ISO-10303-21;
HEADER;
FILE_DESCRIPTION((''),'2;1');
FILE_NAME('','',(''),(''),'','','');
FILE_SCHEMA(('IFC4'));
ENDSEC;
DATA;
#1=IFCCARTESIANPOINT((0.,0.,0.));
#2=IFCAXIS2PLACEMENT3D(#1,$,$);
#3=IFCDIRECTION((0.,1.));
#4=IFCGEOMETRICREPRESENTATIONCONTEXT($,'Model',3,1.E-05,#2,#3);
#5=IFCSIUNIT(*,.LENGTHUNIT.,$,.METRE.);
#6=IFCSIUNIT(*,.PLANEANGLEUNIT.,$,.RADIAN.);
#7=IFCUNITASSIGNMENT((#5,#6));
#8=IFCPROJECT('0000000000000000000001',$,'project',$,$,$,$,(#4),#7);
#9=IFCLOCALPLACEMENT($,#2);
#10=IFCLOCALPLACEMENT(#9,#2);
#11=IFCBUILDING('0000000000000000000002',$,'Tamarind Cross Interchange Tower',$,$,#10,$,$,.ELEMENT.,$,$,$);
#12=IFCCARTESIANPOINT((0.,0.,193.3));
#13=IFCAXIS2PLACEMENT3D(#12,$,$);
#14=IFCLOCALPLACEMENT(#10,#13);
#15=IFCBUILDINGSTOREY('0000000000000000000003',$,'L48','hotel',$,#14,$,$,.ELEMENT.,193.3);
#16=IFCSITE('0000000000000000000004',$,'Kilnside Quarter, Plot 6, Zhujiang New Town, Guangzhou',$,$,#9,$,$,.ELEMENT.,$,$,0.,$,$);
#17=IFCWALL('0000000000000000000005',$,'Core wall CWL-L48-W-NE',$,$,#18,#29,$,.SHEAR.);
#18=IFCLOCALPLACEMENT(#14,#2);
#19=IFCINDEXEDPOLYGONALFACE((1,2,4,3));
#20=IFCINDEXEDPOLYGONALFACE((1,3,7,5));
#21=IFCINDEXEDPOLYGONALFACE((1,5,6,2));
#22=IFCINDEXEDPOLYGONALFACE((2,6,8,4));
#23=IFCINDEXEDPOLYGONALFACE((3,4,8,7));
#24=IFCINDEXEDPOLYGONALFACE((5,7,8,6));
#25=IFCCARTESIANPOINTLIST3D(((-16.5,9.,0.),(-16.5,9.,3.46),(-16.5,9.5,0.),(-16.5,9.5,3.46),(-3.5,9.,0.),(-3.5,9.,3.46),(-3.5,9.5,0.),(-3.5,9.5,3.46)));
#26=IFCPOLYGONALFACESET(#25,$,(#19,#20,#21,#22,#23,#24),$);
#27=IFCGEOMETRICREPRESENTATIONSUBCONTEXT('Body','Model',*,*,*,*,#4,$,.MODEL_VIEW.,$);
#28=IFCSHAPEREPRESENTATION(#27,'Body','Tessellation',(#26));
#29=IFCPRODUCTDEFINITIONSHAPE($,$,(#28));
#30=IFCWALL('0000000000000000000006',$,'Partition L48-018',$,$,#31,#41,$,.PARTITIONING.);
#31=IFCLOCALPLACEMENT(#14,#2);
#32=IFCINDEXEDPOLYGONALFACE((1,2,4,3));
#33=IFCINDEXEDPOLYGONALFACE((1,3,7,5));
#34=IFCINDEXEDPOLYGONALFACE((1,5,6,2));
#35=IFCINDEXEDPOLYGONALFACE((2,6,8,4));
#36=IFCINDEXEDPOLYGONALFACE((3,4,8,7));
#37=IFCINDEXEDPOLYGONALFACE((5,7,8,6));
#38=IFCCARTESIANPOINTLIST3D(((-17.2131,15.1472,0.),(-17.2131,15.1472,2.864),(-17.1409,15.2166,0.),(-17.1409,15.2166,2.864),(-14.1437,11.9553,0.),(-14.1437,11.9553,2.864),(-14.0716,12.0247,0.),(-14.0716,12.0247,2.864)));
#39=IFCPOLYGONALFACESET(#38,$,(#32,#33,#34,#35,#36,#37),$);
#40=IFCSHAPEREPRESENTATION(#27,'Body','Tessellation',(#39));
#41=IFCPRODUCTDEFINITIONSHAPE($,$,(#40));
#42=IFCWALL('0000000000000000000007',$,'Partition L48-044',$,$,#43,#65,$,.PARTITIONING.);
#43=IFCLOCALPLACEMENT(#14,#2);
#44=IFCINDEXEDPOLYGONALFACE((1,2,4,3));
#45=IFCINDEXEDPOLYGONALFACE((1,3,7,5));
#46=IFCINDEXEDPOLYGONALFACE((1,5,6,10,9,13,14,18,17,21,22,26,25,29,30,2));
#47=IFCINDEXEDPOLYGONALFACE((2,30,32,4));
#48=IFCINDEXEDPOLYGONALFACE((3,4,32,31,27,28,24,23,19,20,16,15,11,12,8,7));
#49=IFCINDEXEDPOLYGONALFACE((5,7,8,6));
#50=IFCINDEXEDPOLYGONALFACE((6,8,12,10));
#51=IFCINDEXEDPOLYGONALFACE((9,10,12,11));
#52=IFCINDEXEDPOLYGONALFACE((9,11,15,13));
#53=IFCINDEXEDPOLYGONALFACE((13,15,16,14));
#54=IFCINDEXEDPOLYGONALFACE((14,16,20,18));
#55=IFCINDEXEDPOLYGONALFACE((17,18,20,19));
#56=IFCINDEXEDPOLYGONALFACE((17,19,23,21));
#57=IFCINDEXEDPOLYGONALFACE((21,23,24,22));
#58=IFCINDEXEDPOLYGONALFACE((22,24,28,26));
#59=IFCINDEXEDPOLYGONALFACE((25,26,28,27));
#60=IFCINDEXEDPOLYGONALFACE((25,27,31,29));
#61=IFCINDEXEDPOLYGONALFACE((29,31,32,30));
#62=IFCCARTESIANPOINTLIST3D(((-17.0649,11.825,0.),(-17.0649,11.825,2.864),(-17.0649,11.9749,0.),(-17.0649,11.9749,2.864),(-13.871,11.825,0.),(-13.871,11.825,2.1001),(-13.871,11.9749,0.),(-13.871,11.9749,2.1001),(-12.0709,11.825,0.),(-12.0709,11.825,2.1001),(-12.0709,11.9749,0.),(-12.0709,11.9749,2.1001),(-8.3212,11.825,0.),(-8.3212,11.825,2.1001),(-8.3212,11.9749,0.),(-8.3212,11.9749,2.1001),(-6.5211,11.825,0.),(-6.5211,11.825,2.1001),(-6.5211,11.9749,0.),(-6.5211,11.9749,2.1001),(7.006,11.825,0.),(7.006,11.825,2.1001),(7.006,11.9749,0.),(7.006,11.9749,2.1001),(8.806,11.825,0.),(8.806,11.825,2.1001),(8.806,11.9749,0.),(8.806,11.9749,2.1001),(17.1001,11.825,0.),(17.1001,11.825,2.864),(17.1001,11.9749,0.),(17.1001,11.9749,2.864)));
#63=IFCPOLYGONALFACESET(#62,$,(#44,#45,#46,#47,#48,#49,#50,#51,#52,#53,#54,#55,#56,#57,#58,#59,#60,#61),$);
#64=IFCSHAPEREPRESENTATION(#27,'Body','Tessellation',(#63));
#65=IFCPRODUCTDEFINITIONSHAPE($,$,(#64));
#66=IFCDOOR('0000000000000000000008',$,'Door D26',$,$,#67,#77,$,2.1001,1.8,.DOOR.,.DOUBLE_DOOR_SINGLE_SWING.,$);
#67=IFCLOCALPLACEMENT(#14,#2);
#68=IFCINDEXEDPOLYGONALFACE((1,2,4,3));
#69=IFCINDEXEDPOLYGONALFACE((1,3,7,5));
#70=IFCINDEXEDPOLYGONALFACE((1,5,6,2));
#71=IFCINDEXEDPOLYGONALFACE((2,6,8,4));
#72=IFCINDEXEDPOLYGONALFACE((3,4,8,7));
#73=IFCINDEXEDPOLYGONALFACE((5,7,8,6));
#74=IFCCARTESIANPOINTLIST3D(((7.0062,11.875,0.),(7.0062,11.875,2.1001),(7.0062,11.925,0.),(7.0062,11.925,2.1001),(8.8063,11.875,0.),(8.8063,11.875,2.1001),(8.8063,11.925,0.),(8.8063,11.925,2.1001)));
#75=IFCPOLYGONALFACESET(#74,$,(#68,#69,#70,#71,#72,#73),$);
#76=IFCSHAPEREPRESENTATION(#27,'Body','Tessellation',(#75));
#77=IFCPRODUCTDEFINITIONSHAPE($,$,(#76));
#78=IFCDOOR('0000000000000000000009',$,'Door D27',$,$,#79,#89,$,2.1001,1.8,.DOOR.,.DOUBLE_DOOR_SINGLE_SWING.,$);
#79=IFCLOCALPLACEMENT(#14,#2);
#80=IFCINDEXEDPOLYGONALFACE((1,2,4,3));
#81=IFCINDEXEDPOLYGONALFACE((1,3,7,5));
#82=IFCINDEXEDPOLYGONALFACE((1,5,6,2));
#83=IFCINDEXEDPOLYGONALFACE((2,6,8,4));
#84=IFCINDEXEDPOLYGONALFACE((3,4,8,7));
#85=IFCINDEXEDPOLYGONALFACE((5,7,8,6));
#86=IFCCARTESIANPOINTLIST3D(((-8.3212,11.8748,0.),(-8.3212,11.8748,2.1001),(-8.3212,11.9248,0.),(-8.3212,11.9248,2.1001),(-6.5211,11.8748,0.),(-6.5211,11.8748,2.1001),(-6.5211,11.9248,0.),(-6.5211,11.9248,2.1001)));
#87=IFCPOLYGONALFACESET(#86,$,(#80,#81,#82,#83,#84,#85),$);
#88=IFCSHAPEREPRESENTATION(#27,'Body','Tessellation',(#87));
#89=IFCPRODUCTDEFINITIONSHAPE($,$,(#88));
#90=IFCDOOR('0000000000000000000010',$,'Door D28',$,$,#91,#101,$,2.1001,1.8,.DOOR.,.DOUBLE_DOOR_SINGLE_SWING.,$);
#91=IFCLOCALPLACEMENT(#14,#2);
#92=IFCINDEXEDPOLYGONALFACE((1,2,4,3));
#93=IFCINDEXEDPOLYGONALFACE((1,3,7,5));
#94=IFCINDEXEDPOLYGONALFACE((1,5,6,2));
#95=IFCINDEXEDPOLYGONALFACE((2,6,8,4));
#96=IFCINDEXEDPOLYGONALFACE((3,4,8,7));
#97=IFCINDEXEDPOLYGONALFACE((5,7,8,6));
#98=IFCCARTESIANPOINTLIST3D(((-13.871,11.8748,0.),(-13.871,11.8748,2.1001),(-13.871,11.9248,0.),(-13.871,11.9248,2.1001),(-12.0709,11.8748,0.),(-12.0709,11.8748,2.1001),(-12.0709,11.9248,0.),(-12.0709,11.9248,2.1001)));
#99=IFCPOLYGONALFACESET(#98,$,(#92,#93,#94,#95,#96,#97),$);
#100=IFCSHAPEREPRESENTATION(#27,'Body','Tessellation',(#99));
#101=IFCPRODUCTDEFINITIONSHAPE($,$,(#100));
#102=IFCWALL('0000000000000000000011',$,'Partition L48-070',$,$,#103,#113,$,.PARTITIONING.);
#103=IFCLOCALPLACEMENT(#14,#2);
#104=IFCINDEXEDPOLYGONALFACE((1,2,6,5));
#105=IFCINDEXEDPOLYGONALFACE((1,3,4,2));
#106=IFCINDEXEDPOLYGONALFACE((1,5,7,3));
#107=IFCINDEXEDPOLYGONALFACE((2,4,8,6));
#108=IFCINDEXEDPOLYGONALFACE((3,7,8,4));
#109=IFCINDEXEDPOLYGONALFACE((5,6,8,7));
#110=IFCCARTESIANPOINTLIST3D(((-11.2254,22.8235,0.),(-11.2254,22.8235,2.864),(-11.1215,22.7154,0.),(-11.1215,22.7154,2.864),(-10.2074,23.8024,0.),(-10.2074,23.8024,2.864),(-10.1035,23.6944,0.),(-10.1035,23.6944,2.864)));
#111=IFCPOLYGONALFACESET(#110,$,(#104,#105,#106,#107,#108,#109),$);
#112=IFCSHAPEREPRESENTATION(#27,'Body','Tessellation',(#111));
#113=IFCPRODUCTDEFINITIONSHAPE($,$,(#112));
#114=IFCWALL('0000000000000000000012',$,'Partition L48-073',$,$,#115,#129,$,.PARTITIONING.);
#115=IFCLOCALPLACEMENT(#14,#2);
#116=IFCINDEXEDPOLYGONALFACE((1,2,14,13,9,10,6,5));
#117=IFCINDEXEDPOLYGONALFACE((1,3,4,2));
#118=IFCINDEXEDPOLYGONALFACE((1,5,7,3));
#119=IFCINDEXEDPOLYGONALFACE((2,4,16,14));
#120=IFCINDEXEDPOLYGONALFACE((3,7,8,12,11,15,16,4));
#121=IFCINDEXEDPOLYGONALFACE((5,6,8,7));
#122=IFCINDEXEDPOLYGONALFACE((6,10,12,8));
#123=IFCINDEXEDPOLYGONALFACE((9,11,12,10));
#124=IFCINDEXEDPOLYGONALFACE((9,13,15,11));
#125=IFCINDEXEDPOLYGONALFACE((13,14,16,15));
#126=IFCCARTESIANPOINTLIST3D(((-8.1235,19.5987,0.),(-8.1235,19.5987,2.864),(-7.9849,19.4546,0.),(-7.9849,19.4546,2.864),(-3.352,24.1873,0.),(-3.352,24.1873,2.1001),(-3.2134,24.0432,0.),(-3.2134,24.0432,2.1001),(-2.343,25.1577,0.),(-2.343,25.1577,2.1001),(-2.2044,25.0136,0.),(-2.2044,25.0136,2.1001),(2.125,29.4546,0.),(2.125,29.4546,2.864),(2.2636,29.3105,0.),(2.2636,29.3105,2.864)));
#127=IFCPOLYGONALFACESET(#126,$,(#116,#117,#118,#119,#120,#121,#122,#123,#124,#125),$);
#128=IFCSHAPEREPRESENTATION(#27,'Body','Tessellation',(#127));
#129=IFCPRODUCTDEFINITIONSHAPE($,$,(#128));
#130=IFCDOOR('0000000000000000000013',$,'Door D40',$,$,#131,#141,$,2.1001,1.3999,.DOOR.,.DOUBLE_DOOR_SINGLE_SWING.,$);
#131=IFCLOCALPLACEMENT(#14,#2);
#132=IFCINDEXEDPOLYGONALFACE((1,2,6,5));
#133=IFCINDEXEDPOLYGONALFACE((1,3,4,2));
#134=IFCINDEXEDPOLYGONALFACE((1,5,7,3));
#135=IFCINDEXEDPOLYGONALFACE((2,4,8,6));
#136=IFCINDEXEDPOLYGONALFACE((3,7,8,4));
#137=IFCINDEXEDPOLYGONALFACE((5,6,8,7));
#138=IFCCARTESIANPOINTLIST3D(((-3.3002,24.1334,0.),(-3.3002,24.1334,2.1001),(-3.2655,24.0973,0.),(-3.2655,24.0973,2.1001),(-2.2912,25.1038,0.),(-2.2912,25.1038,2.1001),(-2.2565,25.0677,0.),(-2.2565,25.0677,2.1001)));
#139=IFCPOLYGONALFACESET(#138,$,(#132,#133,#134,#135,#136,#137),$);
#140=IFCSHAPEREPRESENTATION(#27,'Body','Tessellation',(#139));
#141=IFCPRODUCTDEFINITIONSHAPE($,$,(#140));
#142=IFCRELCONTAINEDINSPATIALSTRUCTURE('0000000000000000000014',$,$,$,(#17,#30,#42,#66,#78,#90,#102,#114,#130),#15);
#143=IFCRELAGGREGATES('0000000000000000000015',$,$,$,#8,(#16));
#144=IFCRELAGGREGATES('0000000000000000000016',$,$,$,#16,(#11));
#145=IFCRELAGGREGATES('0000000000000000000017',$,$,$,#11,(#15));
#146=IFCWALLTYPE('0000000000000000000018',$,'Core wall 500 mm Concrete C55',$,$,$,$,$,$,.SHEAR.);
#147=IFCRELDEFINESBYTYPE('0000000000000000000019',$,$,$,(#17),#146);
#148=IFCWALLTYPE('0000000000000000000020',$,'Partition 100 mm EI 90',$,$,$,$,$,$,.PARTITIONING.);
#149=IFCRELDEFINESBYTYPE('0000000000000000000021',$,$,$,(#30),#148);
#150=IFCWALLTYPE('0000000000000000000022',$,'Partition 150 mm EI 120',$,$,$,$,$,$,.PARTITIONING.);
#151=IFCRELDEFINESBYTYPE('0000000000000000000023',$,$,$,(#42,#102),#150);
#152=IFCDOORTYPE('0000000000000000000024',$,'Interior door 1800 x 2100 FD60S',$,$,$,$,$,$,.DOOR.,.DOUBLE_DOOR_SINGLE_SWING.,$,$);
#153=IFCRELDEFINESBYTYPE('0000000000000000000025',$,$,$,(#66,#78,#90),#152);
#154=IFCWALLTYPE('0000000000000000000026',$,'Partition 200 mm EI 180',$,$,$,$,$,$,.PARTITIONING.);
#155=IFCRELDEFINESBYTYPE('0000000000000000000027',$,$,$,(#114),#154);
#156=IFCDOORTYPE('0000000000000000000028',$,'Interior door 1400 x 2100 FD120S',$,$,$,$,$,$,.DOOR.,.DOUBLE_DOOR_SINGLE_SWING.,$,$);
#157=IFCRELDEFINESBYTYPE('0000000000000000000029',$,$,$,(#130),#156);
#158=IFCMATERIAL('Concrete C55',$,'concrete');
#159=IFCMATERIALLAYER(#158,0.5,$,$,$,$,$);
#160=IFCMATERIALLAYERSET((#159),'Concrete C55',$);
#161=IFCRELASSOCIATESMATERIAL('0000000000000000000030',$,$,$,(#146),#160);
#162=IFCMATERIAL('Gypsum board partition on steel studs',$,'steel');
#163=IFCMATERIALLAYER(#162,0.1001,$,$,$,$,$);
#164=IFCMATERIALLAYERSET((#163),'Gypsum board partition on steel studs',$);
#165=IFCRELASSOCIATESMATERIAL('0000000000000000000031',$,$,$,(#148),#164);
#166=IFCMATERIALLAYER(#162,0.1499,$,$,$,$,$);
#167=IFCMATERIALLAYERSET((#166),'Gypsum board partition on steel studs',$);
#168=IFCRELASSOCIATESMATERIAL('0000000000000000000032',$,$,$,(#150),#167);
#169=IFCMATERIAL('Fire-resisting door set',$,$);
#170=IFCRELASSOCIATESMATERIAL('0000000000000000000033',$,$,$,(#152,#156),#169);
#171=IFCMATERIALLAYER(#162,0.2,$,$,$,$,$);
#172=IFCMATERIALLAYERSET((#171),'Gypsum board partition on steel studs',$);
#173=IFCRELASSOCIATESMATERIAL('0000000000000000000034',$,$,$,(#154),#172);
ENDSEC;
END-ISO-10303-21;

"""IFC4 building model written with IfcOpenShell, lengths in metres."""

from ifc_helpers import new_model, si_unit, direction, frame, frame_2d, origin, place, context, subcontext, project, spatial, rectangle, extrude, material, layer, layer_set, type_object, element, fill, save


model = new_model("IFC4")

# Units and contexts
model_context = context("Model", 3, precision=1e-05, world=origin(), true_north=direction((0.0, 1.0)))
body_context = subcontext(model_context, "Body", "Model", "MODEL_VIEW")
ifc_project = project(units=[si_unit("LENGTHUNIT", "METRE"), si_unit("PLANEANGLEUNIT", "RADIAN")], contexts=[model_context])

# Site, building, storey
site_placement = place(None, origin())
site = spatial("IfcSite", under=ifc_project, at=site_placement, Name="Kilnside Quarter, Plot 6, Zhujiang New Town, Guangzhou", CompositionType="ELEMENT", RefElevation=0.0)
building_placement = place(site_placement, origin())
building = spatial("IfcBuilding", under=site, at=building_placement, Name="Tamarind Cross Interchange Tower", CompositionType="ELEMENT")
storey_placement = place(building_placement, frame((0.0, 0.0, 193.3)))
storey = spatial("IfcBuildingStorey", under=building, at=storey_placement, Name="L48", Description="hotel", CompositionType="ELEMENT", Elevation=193.3)

# Shared definitions
ifc_material_1 = material(Name="Concrete C55", Category="concrete")

# Walls
ifc_layer_1 = layer(ifc_material_1, 0.5)
ifc_layer_set_1 = layer_set([ifc_layer_1], Name="Concrete C55")
wall_type_1 = type_object("IfcWallType", Name="Core wall 500 mm Concrete C55", PredefinedType="SHEAR", material=ifc_layer_set_1)
wall_1_placement = place(storey_placement, frame((-16.5, 9.25, 0.0), z_axis=(0.0, 0.0, 1.0), x_axis=(1.0, 0.0, 0.0)))
element("IfcWall", 1, at=wall_1_placement, inside=storey, type_object=wall_type_1, Name="Core wall CWL-L48-W-NE", PredefinedType="SHEAR", context=body_context, shape_type="SweptSolid", body=[
    extrude(rectangle(XDim=13.0, YDim=0.5, at=frame_2d((6.5, 0.0))), origin(), (0.0, 0.0, 1.0), 3.46),
])
ifc_material_2 = material(Name="Gypsum board partition on steel studs", Category="steel")
ifc_layer_2 = layer(ifc_material_2, 0.1001)
ifc_layer_set_2 = layer_set([ifc_layer_2], Name="Gypsum board partition on steel studs")
wall_type_2 = type_object("IfcWallType", Name="Partition 100 mm EI 90", PredefinedType="PARTITIONING", material=ifc_layer_set_2)
wall_2_placement = place(storey_placement, frame((-17.177, 15.1819, 0.0), z_axis=(0.0, 0.0, 1.0), x_axis=(0.693133, -0.72081, 0.0)))
element("IfcWall", 2, at=wall_2_placement, inside=storey, type_object=wall_type_2, Name="Partition L48-018", PredefinedType="PARTITIONING", context=body_context, shape_type="SweptSolid", body=[
    extrude(rectangle(XDim=4.4282, YDim=0.1001, at=frame_2d((2.2141, 0.0))), origin(), (0.0, 0.0, 1.0), 2.864),
])

# Wall, openings, doors
ifc_layer_3 = layer(ifc_material_2, 0.1499)
ifc_layer_set_3 = layer_set([ifc_layer_3], Name="Gypsum board partition on steel studs")
wall_type_3 = type_object("IfcWallType", Name="Partition 150 mm EI 120", PredefinedType="PARTITIONING", material=ifc_layer_set_3)
wall_3_placement = place(storey_placement, frame((-17.0649, 11.8999, 0.0), z_axis=(0.0, 0.0, 1.0), x_axis=(1.0, 0.0, 0.0)))
wall_3 = element("IfcWall", 3, at=wall_3_placement, inside=storey, type_object=wall_type_3, Name="Partition L48-044", PredefinedType="PARTITIONING", context=body_context, shape_type="SweptSolid", body=[
    extrude(rectangle(XDim=34.165, YDim=0.1499, at=frame_2d((17.0825, 0.0))), origin(), (0.0, 0.0, 1.0), 2.864),
])
opening_1_placement = place(wall_3_placement, frame((24.071, 0.0, 0.0)))
opening_1 = element("IfcOpeningElement", 4, at=opening_1_placement, cuts=wall_3, PredefinedType="OPENING", context=body_context, shape_type="SweptSolid", body=[
    extrude(rectangle(XDim=1.8, YDim=2.1001, at=frame_2d((0.8999, 1.05))), frame((0.0, 0.085, 0.0), z_axis=(0.0, -1.0, 0.0), x_axis=(1.0, 0.0, 0.0)), (0.0, 0.0, 1.0), 0.1699),
])
opening_2_placement = place(wall_3_placement, frame((8.7439, 0.0, 0.0)))
opening_2 = element("IfcOpeningElement", 5, at=opening_2_placement, cuts=wall_3, PredefinedType="OPENING", context=body_context, shape_type="SweptSolid", body=[
    extrude(rectangle(XDim=1.8, YDim=2.1001, at=frame_2d((0.8999, 1.05))), frame((0.0, 0.085, 0.0), z_axis=(0.0, -1.0, 0.0), x_axis=(1.0, 0.0, 0.0)), (0.0, 0.0, 1.0), 0.1699),
])
opening_3_placement = place(wall_3_placement, frame((3.1941, 0.0, 0.0)))
opening_3 = element("IfcOpeningElement", 6, at=opening_3_placement, cuts=wall_3, PredefinedType="OPENING", context=body_context, shape_type="SweptSolid", body=[
    extrude(rectangle(XDim=1.8, YDim=2.1001, at=frame_2d((0.8999, 1.05))), frame((0.0, 0.085, 0.0), z_axis=(0.0, -1.0, 0.0), x_axis=(1.0, 0.0, 0.0)), (0.0, 0.0, 1.0), 0.1699),
])
ifc_material_3 = material(Name="Fire-resisting door set")
door_type_1 = type_object("IfcDoorType", Name="Interior door 1800 x 2100 FD60S", OperationType="DOUBLE_DOOR_SINGLE_SWING", PredefinedType="DOOR", material=ifc_material_3)
door_1_placement = place(opening_1_placement, frame((1.8, 0.0, 0.0), z_axis=(0.0, 0.0, 1.0), x_axis=(-1.0, 0.0, 0.0)))
door_1 = element("IfcDoor", 7, at=door_1_placement, inside=storey, type_object=door_type_1, Name="Door D26", OperationType="DOUBLE_DOOR_SINGLE_SWING", OverallHeight=2.1001, OverallWidth=1.8, PredefinedType="DOOR", context=body_context, shape_type="SweptSolid", body=[
    extrude(rectangle(XDim=1.8, YDim=2.1001, at=frame_2d((0.8999, 1.05))), frame((0.0, 0.0249, 0.0), z_axis=(0.0, -1.0, 0.0), x_axis=(1.0, 0.0, 0.0)), (0.0, 0.0, 1.0), 0.05),
])
fill(opening_1, door_1)
door_2_placement = place(opening_2_placement, origin())
door_2 = element("IfcDoor", 8, at=door_2_placement, inside=storey, type_object=door_type_1, Name="Door D27", OperationType="DOUBLE_DOOR_SINGLE_SWING", OverallHeight=2.1001, OverallWidth=1.8, PredefinedType="DOOR", context=body_context, shape_type="SweptSolid", body=[
    extrude(rectangle(XDim=1.8, YDim=2.1001, at=frame_2d((0.8999, 1.05))), frame((0.0, 0.0249, 0.0), z_axis=(0.0, -1.0, 0.0), x_axis=(1.0, 0.0, 0.0)), (0.0, 0.0, 1.0), 0.05),
])
fill(opening_2, door_2)
door_3_placement = place(opening_3_placement, origin())
door_3 = element("IfcDoor", 9, at=door_3_placement, inside=storey, type_object=door_type_1, Name="Door D28", OperationType="DOUBLE_DOOR_SINGLE_SWING", OverallHeight=2.1001, OverallWidth=1.8, PredefinedType="DOOR", context=body_context, shape_type="SweptSolid", body=[
    extrude(rectangle(XDim=1.8, YDim=2.1001, at=frame_2d((0.8999, 1.05))), frame((0.0, 0.0249, 0.0), z_axis=(0.0, -1.0, 0.0), x_axis=(1.0, 0.0, 0.0)), (0.0, 0.0, 1.0), 0.05),
])
fill(opening_3, door_3)

# Wall
wall_4_placement = place(storey_placement, frame((-11.1733, 22.7695, 0.0), z_axis=(0.0, 0.0, 1.0), x_axis=(0.7208, 0.693143, 0.0)))
element("IfcWall", 10, at=wall_4_placement, inside=storey, type_object=wall_type_3, Name="Partition L48-070", PredefinedType="PARTITIONING", context=body_context, shape_type="SweptSolid", body=[
    extrude(rectangle(XDim=1.4124, YDim=0.1499, at=frame_2d((0.7061, 0.0))), origin(), (0.0, 0.0, 1.0), 2.864),
])

# Wall, opening, door
ifc_layer_4 = layer(ifc_material_2, 0.2)
ifc_layer_set_4 = layer_set([ifc_layer_4], Name="Gypsum board partition on steel studs")
wall_type_4 = type_object("IfcWallType", Name="Partition 200 mm EI 180", PredefinedType="PARTITIONING", material=ifc_layer_set_4)
wall_5_placement = place(storey_placement, frame((-8.0542, 19.5266, 0.0), z_axis=(0.0, 0.0, 1.0), x_axis=(0.720777, 0.693167, 0.0)))
wall_5 = element("IfcWall", 11, at=wall_5_placement, inside=storey, type_object=wall_type_4, Name="Partition L48-073", PredefinedType="PARTITIONING", context=body_context, shape_type="SweptSolid", body=[
    extrude(rectangle(XDim=14.2188, YDim=0.2, at=frame_2d((7.1094, 0.0))), origin(), (0.0, 0.0, 1.0), 2.864),
])
opening_4_placement = place(wall_5_placement, frame((6.6199, 0.0, 0.0)))
opening_4 = element("IfcOpeningElement", 12, at=opening_4_placement, cuts=wall_5, PredefinedType="OPENING", context=body_context, shape_type="SweptSolid", body=[
    extrude(rectangle(XDim=1.3999, YDim=2.1001, at=frame_2d((0.7, 1.05))), frame((0.0, 0.1099, 0.0), z_axis=(0.0, -1.0, 0.0), x_axis=(1.0, 0.0, 0.0)), (0.0, 0.0, 1.0), 0.22),
])
door_type_2 = type_object("IfcDoorType", Name="Interior door 1400 x 2100 FD120S", OperationType="DOUBLE_DOOR_SINGLE_SWING", PredefinedType="DOOR", material=ifc_material_3)
door_4_placement = place(opening_4_placement, frame((1.3999, 0.0, 0.0), z_axis=(0.0, 0.0, 1.0), x_axis=(-1.0, 0.0, 0.0)))
door_4 = element("IfcDoor", 13, at=door_4_placement, inside=storey, type_object=door_type_2, Name="Door D40", OperationType="DOUBLE_DOOR_SINGLE_SWING", OverallHeight=2.1001, OverallWidth=1.3999, PredefinedType="DOOR", context=body_context, shape_type="SweptSolid", body=[
    extrude(rectangle(XDim=1.3999, YDim=2.1001, at=frame_2d((0.7, 1.05))), frame((0.0, 0.0249, 0.0), z_axis=(0.0, -1.0, 0.0), x_axis=(1.0, 0.0, 0.0)), (0.0, 0.0, 1.0), 0.05),
])
fill(opening_4, door_4)

save(model, "model.ifc")
